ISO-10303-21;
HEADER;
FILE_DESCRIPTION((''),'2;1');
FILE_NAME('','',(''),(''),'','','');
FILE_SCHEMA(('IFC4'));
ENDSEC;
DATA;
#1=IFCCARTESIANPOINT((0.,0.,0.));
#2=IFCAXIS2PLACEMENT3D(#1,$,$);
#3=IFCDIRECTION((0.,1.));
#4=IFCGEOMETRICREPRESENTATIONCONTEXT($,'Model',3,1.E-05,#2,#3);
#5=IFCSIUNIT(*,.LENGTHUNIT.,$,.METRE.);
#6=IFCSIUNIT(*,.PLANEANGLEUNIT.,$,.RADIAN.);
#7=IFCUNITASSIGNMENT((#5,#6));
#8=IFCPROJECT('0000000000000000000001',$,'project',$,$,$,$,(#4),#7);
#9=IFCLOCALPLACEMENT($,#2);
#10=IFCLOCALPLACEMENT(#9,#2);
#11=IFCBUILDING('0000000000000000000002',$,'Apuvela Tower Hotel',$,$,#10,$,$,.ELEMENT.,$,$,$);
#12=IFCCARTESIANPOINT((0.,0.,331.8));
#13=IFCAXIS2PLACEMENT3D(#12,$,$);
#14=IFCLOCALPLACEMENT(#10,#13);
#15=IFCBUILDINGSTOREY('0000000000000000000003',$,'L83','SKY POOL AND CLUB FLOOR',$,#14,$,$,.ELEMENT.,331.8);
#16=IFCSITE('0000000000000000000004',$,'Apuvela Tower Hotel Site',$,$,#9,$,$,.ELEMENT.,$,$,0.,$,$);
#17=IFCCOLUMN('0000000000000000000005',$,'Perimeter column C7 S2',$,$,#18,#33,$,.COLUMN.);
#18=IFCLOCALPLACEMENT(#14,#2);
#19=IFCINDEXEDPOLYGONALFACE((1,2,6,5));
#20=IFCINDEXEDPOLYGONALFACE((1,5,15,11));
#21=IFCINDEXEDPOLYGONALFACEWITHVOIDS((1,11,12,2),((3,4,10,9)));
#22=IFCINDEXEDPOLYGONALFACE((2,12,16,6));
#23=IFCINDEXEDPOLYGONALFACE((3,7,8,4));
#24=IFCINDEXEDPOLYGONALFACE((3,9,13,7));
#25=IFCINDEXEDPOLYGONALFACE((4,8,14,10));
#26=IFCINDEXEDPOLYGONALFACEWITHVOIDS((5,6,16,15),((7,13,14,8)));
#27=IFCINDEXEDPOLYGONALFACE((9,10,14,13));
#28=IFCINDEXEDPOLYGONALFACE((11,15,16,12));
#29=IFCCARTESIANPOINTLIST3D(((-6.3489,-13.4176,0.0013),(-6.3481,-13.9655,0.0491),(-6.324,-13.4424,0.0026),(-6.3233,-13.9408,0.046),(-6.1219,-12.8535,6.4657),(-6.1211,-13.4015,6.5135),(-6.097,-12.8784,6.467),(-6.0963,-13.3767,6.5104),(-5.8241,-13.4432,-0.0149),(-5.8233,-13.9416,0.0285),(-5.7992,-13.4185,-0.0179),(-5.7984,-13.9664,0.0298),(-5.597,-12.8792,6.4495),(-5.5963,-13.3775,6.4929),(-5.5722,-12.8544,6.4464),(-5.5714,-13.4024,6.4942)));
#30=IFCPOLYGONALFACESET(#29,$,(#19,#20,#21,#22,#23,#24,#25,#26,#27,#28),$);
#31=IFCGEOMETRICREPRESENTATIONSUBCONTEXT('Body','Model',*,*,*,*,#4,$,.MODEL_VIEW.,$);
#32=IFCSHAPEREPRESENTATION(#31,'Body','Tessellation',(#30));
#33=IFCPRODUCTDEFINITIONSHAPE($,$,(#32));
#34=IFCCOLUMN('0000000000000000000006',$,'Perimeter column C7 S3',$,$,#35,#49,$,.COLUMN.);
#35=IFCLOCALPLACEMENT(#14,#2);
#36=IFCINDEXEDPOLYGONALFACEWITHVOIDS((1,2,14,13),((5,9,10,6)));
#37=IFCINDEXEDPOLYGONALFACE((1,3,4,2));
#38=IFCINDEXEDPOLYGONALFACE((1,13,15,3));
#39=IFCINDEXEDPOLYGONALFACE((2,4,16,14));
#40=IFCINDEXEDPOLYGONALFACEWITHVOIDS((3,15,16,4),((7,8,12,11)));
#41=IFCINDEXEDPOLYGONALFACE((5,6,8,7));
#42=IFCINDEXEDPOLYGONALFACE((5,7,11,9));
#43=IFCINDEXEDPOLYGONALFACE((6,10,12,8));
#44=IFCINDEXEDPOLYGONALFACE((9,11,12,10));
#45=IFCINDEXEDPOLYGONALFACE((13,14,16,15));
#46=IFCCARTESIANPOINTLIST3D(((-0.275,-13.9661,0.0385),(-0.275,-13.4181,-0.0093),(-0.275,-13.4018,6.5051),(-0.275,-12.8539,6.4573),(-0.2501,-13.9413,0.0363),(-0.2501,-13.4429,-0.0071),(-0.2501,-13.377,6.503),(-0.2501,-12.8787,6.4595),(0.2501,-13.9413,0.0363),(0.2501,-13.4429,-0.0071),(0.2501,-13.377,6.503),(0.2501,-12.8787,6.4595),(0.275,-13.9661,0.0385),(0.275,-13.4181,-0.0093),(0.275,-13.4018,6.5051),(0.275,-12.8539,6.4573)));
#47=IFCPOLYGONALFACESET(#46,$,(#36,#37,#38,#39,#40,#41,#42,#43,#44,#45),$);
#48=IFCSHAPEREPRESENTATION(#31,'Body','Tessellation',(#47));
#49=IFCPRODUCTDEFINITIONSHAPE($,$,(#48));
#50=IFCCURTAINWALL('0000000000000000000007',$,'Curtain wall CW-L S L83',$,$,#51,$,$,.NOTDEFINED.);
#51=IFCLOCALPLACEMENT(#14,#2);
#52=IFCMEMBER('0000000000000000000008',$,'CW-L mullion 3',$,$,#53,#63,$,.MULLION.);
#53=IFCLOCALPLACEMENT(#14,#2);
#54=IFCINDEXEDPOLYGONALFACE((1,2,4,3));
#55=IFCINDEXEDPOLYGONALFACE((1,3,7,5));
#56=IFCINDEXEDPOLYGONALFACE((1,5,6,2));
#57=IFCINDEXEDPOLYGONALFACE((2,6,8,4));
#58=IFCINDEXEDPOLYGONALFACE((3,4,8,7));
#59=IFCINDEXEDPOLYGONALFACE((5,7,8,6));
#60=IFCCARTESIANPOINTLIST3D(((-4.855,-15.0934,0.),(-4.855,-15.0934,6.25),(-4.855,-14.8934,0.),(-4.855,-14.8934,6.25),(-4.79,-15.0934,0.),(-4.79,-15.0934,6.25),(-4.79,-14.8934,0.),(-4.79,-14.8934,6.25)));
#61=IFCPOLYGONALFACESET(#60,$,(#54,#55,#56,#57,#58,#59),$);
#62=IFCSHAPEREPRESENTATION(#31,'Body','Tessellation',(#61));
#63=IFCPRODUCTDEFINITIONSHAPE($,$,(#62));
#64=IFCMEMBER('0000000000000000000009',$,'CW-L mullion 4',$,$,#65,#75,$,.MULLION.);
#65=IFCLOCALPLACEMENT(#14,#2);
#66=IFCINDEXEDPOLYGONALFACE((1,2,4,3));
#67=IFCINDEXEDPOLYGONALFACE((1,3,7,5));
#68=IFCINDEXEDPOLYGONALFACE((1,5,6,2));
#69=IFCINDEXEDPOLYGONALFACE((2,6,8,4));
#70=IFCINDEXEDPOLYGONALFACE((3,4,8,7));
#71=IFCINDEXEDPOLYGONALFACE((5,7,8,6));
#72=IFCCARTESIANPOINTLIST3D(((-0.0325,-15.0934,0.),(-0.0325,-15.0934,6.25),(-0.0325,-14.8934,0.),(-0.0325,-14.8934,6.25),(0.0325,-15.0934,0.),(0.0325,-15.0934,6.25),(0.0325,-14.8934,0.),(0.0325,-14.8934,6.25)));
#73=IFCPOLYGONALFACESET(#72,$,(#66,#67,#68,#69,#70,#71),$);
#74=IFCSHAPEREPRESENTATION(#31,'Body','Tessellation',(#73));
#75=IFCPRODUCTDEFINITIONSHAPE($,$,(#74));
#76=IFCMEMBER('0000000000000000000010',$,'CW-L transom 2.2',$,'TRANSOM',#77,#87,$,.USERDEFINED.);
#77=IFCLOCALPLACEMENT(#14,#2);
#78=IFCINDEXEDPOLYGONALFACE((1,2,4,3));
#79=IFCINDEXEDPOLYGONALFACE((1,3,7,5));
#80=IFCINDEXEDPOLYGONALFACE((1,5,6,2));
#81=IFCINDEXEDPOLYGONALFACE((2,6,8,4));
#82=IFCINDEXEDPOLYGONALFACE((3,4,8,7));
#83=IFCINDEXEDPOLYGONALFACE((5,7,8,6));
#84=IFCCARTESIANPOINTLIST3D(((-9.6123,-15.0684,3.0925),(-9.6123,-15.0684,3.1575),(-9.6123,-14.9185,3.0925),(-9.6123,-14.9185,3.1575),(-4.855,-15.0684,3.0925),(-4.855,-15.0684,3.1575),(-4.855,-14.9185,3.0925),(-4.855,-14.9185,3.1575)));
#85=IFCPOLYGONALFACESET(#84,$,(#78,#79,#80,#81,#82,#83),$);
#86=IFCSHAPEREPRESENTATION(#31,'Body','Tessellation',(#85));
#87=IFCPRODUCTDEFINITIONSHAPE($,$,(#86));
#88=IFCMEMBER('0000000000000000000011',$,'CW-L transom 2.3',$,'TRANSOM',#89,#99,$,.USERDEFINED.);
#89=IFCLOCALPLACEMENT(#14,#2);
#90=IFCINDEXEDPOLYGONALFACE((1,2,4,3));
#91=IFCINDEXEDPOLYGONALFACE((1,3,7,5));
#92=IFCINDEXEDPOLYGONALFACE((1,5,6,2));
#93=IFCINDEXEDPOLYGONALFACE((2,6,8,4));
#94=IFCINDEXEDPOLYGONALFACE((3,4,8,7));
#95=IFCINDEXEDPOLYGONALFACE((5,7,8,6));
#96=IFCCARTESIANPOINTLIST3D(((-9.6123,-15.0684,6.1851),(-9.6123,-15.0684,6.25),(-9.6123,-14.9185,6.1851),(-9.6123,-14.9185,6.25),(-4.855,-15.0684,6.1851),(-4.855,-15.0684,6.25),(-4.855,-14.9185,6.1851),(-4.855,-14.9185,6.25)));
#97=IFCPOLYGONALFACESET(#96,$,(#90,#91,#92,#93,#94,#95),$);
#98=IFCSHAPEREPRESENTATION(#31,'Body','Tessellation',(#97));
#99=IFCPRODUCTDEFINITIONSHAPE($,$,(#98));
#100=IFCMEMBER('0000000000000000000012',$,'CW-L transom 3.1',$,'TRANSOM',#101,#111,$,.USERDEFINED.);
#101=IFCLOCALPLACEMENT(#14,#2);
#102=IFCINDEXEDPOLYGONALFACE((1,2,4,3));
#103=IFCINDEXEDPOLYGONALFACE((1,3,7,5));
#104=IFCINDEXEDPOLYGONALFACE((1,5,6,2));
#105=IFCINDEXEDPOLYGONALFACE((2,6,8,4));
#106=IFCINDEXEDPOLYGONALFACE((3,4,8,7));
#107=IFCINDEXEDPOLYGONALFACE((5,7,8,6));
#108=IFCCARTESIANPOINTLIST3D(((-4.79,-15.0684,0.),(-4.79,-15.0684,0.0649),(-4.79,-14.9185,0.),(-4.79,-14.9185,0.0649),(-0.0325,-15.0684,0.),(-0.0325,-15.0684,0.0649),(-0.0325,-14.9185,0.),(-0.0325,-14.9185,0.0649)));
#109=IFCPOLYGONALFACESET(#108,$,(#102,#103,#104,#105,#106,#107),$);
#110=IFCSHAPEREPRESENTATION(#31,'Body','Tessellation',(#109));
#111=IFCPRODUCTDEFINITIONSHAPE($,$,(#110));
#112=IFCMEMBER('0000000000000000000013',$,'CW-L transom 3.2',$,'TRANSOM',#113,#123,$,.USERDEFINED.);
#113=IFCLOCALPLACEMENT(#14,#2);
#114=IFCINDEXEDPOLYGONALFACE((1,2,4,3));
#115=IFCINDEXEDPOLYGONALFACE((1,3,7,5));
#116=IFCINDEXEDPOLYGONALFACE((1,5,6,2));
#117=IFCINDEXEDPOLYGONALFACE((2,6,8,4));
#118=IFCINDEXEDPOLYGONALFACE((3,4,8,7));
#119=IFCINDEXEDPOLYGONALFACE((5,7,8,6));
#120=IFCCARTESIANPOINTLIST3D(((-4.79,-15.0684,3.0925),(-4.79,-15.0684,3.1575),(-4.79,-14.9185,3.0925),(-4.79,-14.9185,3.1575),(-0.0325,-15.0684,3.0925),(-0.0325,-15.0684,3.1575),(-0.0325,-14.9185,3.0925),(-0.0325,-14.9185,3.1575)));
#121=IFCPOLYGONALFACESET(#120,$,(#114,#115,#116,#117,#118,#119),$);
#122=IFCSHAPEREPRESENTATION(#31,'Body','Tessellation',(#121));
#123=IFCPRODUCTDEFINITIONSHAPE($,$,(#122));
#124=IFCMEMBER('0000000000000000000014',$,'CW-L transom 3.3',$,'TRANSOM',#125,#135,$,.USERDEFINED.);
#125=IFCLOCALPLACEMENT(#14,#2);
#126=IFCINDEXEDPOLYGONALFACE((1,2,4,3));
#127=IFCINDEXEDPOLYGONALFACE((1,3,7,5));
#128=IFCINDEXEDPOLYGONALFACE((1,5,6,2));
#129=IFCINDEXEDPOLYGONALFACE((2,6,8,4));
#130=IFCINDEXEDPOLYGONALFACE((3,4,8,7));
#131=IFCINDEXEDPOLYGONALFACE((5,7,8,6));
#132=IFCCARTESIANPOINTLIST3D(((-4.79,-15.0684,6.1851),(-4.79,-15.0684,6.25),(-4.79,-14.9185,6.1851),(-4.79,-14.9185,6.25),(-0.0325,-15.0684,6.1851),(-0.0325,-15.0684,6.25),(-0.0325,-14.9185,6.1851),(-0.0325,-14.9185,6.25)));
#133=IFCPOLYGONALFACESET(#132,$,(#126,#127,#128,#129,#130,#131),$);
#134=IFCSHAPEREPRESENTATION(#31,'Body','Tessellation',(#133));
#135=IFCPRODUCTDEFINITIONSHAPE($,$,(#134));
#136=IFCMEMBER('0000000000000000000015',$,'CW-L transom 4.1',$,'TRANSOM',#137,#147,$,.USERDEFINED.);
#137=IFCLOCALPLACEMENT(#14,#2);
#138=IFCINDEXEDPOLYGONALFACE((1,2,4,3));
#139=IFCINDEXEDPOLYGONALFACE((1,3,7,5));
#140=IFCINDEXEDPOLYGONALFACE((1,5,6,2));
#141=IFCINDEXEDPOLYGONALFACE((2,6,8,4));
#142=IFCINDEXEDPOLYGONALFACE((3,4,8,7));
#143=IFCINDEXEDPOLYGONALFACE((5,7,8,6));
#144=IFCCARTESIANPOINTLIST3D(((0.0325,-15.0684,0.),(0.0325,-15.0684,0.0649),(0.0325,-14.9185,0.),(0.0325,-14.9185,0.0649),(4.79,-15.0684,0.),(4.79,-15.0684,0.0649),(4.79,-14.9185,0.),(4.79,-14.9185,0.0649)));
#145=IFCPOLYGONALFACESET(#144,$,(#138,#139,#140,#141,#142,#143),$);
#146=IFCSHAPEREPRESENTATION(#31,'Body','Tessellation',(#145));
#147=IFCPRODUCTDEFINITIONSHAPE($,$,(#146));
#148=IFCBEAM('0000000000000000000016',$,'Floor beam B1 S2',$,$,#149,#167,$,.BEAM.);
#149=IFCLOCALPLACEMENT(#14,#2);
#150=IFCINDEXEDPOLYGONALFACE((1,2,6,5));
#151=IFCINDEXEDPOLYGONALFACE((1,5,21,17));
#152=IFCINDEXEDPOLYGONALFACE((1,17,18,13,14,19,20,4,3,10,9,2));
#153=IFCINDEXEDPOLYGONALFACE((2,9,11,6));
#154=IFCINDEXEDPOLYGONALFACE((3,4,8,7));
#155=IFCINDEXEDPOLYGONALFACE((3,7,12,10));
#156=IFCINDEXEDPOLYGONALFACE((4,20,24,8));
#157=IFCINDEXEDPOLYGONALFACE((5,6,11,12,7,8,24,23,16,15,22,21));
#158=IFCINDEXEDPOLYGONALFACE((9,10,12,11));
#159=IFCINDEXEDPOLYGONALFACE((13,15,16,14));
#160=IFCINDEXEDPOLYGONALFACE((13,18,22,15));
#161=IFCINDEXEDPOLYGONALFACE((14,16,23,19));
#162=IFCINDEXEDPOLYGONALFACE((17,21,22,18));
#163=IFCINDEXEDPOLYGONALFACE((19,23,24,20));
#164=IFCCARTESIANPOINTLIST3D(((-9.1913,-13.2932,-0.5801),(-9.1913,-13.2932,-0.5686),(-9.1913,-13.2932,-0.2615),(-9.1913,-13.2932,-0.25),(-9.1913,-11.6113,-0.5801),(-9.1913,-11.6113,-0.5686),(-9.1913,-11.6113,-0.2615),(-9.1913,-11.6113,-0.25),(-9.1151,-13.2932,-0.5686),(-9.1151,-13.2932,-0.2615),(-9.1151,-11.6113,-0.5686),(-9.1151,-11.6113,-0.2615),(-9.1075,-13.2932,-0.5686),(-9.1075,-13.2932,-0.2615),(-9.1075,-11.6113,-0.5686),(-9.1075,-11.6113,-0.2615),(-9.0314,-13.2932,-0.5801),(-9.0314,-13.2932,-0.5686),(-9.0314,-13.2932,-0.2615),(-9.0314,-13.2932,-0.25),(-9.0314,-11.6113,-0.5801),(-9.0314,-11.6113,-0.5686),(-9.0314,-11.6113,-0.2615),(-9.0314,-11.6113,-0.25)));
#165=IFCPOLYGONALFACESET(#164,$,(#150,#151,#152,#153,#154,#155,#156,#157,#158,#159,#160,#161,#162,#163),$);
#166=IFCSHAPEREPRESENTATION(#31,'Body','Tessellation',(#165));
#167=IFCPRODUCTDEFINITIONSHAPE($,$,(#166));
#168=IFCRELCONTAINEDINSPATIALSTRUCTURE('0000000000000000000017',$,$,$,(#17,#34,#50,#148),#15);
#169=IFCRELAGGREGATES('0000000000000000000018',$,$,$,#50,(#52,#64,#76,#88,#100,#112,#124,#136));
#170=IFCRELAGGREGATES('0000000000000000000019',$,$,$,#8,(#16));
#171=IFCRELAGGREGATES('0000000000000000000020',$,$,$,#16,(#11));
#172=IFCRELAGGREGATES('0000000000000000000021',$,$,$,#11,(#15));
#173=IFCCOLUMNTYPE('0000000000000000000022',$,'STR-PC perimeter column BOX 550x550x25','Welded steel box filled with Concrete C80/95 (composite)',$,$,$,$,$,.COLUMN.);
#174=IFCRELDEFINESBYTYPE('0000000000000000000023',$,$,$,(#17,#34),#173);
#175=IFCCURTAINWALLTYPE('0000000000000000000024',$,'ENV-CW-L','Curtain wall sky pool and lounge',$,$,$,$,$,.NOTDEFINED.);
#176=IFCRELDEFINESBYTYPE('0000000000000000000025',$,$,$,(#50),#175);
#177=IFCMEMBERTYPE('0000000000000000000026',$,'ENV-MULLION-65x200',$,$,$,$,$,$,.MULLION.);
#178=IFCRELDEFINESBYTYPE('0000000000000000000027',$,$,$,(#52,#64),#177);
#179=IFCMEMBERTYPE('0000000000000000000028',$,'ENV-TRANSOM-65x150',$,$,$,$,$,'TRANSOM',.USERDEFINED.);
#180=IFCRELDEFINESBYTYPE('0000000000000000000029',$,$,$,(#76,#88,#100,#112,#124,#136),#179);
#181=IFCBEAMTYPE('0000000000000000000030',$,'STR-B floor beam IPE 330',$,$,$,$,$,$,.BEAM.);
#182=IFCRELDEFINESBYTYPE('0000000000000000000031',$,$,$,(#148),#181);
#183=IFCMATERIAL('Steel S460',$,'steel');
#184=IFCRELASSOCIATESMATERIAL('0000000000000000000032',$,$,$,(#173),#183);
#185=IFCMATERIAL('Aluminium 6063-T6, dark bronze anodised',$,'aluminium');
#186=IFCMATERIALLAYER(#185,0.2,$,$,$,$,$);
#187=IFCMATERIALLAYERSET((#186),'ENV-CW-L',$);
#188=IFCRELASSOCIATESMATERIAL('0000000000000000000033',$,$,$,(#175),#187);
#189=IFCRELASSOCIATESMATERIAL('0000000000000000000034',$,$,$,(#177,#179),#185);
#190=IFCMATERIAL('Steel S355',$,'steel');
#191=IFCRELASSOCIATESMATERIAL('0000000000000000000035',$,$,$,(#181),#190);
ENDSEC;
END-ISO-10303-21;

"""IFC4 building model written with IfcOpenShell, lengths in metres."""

from ifc_helpers import new_model, si_unit, direction, frame, origin, origin_2d, place, context, subcontext, project, spatial, rectangle, hollow_rectangle, i_section, extrude, boolean, halfspace, material, layer, layer_set, material_profile, profile_set, type_object, element, aggregate, save


model = new_model("IFC4")

# Units and contexts
model_context = context("Model", 3, precision=1e-05, world=origin(), true_north=direction((0.0, 1.0)))
body_context = subcontext(model_context, "Body", "Model", "MODEL_VIEW")
ifc_project = project(units=[si_unit("LENGTHUNIT", "METRE"), si_unit("PLANEANGLEUNIT", "RADIAN")], contexts=[model_context])

# Site, building, storey
site_placement = place(None, origin())
site = spatial("IfcSite", under=ifc_project, at=site_placement, Name="Apuvela Tower Hotel Site", CompositionType="ELEMENT", RefElevation=0.0)
building_placement = place(site_placement, origin())
building = spatial("IfcBuilding", under=site, at=building_placement, Name="Apuvela Tower Hotel", CompositionType="ELEMENT")
storey_placement = place(building_placement, frame((0.0, 0.0, 331.8)))
storey = spatial("IfcBuildingStorey", under=building, at=storey_placement, Name="L83", Description="SKY POOL AND CLUB FLOOR", CompositionType="ELEMENT", Elevation=331.8)

# Columns
ifc_material_1 = material(Name="Steel S460", Category="steel")
ifc_material_profile_1 = material_profile(ifc_material_1, hollow_rectangle(XDim=0.55, YDim=0.55, WallThickness=0.0249, at=origin_2d()), Name="BOX 550x550x25")
ifc_material_2 = material(Name="Concrete C80/95", Category="concrete")
ifc_material_profile_2 = material_profile(ifc_material_2, rectangle(XDim=0.5, YDim=0.5, at=origin_2d()), Name="Concrete C80/95 infill")
ifc_profile_set_1 = profile_set([ifc_material_profile_1, ifc_material_profile_2], Name="Steel S460")
column_type = type_object("IfcColumnType", Name="STR-PC perimeter column BOX 550x550x25", Description="Welded steel box filled with Concrete C80/95 (composite)", PredefinedType="COLUMN", material=ifc_profile_set_1)
column_1_placement = place(storey_placement, frame((-6.0742, -13.6934, 0.0), z_axis=(0.034964, 0.086869, 0.995606), x_axis=(-0.999388, 0.001602, 0.034957)))
element("IfcColumn", 1, at=column_1_placement, inside=storey, type_object=column_type, Name="Perimeter column C7 S2", PredefinedType="COLUMN", context=body_context, shape_type="SweptSolid", body=[
    boolean("DIFFERENCE", boolean("DIFFERENCE", extrude(hollow_rectangle(XDim=0.55, YDim=0.55, WallThickness=0.0249, at=origin_2d()), origin(), (0.0, 0.0, 1.0), 6.5288), halfspace(frame((0.0, 0.0, 0.0156), z_axis=(0.0, 0.0, 1.0), x_axis=(1.0, 0.0, 0.0)), True)), halfspace(frame((0.0, 0.0, 6.5085), z_axis=(0.0, 0.0, 1.0), x_axis=(1.0, 0.0, 0.0)), False)),
])
column_2_placement = place(storey_placement, frame((0.0, -13.6934, 0.0), z_axis=(0.0, 0.086922, 0.996215), x_axis=(-1.0, 0.0, 0.0)))
element("IfcColumn", 2, at=column_2_placement, inside=storey, type_object=column_type, Name="Perimeter column C7 S3", PredefinedType="COLUMN", context=body_context, shape_type="SweptSolid", body=[
    boolean("DIFFERENCE", boolean("DIFFERENCE", extrude(hollow_rectangle(XDim=0.55, YDim=0.55, WallThickness=0.0249, at=origin_2d()), origin(), (0.0, 0.0, 1.0), 6.5247), halfspace(frame((0.0, 0.0, 0.0146), z_axis=(0.0, 0.0, 1.0), x_axis=(1.0, 0.0, 0.0)), True)), halfspace(frame((0.0, 0.0, 6.5059), z_axis=(0.0, 0.0, 1.0), x_axis=(1.0, 0.0, 0.0)), False)),
])

# Curtain wall, members
ifc_material_3 = material(Name="Aluminium 6063-T6, dark bronze anodised", Category="aluminium")
ifc_layer_1 = layer(ifc_material_3, 0.2)
ifc_layer_set_1 = layer_set([ifc_layer_1], Name="ENV-CW-L")
curtain_wall_type = type_object("IfcCurtainWallType", Name="ENV-CW-L", Description="Curtain wall sky pool and lounge", PredefinedType="NOTDEFINED", material=ifc_layer_set_1)
curtain_wall_placement = place(storey_placement, origin())
curtain_wall = element("IfcCurtainWall", 3, at=curtain_wall_placement, inside=storey, type_object=curtain_wall_type, Name="Curtain wall CW-L S L83", PredefinedType="NOTDEFINED")
ifc_material_profile_3 = material_profile(ifc_material_3, rectangle(XDim=0.2, YDim=0.0649, at=origin_2d()), Name="AL 65x200")
ifc_profile_set_2 = profile_set([ifc_material_profile_3], Name="Aluminium 6063-T6, dark bronze anodised")
member_type_1 = type_object("IfcMemberType", Name="ENV-MULLION-65x200", PredefinedType="MULLION", material=ifc_profile_set_2)
member_1_placement = place(storey_placement, frame((-4.8225, -14.9934, 0.0), z_axis=(0.0, 0.0, 1.0), x_axis=(0.0, 1.0, 0.0)))
member_1 = element("IfcMember", 4, at=member_1_placement, type_object=member_type_1, Name="CW-L mullion 3", PredefinedType="MULLION", context=body_context, shape_type="SweptSolid", body=[
    extrude(rectangle(XDim=0.2, YDim=0.0649, at=origin_2d()), origin(), (0.0, 0.0, 1.0), 6.25),
])
member_2_placement = place(storey_placement, frame((0.0, -14.9934, 0.0), z_axis=(0.0, 0.0, 1.0), x_axis=(0.0, 1.0, 0.0)))
member_2 = element("IfcMember", 5, at=member_2_placement, type_object=member_type_1, Name="CW-L mullion 4", PredefinedType="MULLION", context=body_context, shape_type="SweptSolid", body=[
    extrude(rectangle(XDim=0.2, YDim=0.0649, at=origin_2d()), origin(), (0.0, 0.0, 1.0), 6.25),
])
ifc_material_profile_4 = material_profile(ifc_material_3, rectangle(XDim=0.1499, YDim=0.0649, at=origin_2d()), Name="AL 65x150 transom")
ifc_profile_set_3 = profile_set([ifc_material_profile_4], Name="Aluminium 6063-T6, dark bronze anodised")
member_type_2 = type_object("IfcMemberType", Name="ENV-TRANSOM-65x150", ElementType="TRANSOM", PredefinedType="USERDEFINED", material=ifc_profile_set_3)
member_3_placement = place(storey_placement, frame((-9.6123, -14.9934, 3.125), z_axis=(1.0, 0.0, 0.0), x_axis=(0.0, 1.0, 0.0)))
member_3 = element("IfcMember", 6, at=member_3_placement, type_object=member_type_2, Name="CW-L transom 2.2", ObjectType="TRANSOM", PredefinedType="USERDEFINED", context=body_context, shape_type="SweptSolid", body=[
    extrude(rectangle(XDim=0.1499, YDim=0.0649, at=origin_2d()), origin(), (0.0, 0.0, 1.0), 4.7573),
])
member_4_placement = place(storey_placement, frame((-9.6123, -14.9934, 6.2175), z_axis=(1.0, 0.0, 0.0), x_axis=(0.0, 1.0, 0.0)))
member_4 = element("IfcMember", 7, at=member_4_placement, type_object=member_type_2, Name="CW-L transom 2.3", ObjectType="TRANSOM", PredefinedType="USERDEFINED", context=body_context, shape_type="SweptSolid", body=[
    extrude(rectangle(XDim=0.1499, YDim=0.0649, at=origin_2d()), origin(), (0.0, 0.0, 1.0), 4.7573),
])
member_5_placement = place(storey_placement, frame((-4.79, -14.9934, 0.0325), z_axis=(1.0, 0.0, 0.0), x_axis=(0.0, 1.0, 0.0)))
member_5 = element("IfcMember", 8, at=member_5_placement, type_object=member_type_2, Name="CW-L transom 3.1", ObjectType="TRANSOM", PredefinedType="USERDEFINED", context=body_context, shape_type="SweptSolid", body=[
    extrude(rectangle(XDim=0.1499, YDim=0.0649, at=origin_2d()), origin(), (0.0, 0.0, 1.0), 4.7576),
])
member_6_placement = place(storey_placement, frame((-4.79, -14.9934, 3.125), z_axis=(1.0, 0.0, 0.0), x_axis=(0.0, 1.0, 0.0)))
member_6 = element("IfcMember", 9, at=member_6_placement, type_object=member_type_2, Name="CW-L transom 3.2", ObjectType="TRANSOM", PredefinedType="USERDEFINED", context=body_context, shape_type="SweptSolid", body=[
    extrude(rectangle(XDim=0.1499, YDim=0.0649, at=origin_2d()), origin(), (0.0, 0.0, 1.0), 4.7576),
])
member_7_placement = place(storey_placement, frame((-4.79, -14.9934, 6.2175), z_axis=(1.0, 0.0, 0.0), x_axis=(0.0, 1.0, 0.0)))
member_7 = element("IfcMember", 10, at=member_7_placement, type_object=member_type_2, Name="CW-L transom 3.3", ObjectType="TRANSOM", PredefinedType="USERDEFINED", context=body_context, shape_type="SweptSolid", body=[
    extrude(rectangle(XDim=0.1499, YDim=0.0649, at=origin_2d()), origin(), (0.0, 0.0, 1.0), 4.7576),
])
member_8_placement = place(storey_placement, frame((0.0325, -14.9934, 0.0325), z_axis=(1.0, 0.0, 0.0), x_axis=(0.0, 1.0, 0.0)))
member_8 = element("IfcMember", 11, at=member_8_placement, type_object=member_type_2, Name="CW-L transom 4.1", ObjectType="TRANSOM", PredefinedType="USERDEFINED", context=body_context, shape_type="SweptSolid", body=[
    extrude(rectangle(XDim=0.1499, YDim=0.0649, at=origin_2d()), origin(), (0.0, 0.0, 1.0), 4.7576),
])

# Beam
ifc_material_4 = material(Name="Steel S355", Category="steel")
ifc_material_profile_5 = material_profile(ifc_material_4, i_section(OverallWidth=0.1599, OverallDepth=0.3301, WebThickness=0.0076, FlangeThickness=0.0115, at=origin_2d()), Name="IPE 330")
ifc_profile_set_4 = profile_set([ifc_material_profile_5], Name="Steel S355")
beam_type_1 = type_object("IfcBeamType", Name="STR-B floor beam IPE 330", PredefinedType="BEAM", material=ifc_profile_set_4)
beam_1_placement = place(storey_placement, frame((-9.1113, -13.2932, -0.415), z_axis=(0.0, 1.0, 0.0), x_axis=(-1.0, 0.0, 0.0)))
element("IfcBeam", 12, at=beam_1_placement, inside=storey, type_object=beam_type_1, Name="Floor beam B1 S2", PredefinedType="BEAM", context=body_context, shape_type="SweptSolid", body=[
    extrude(i_section(OverallWidth=0.1599, OverallDepth=0.3301, WebThickness=0.0076, FlangeThickness=0.0115, at=origin_2d()), origin(), (0.0, 0.0, 1.0), 1.6819),
])

aggregate(curtain_wall, [member_1, member_2, member_3, member_4, member_5, member_6, member_7, member_8])

save(model, "model.ifc")
